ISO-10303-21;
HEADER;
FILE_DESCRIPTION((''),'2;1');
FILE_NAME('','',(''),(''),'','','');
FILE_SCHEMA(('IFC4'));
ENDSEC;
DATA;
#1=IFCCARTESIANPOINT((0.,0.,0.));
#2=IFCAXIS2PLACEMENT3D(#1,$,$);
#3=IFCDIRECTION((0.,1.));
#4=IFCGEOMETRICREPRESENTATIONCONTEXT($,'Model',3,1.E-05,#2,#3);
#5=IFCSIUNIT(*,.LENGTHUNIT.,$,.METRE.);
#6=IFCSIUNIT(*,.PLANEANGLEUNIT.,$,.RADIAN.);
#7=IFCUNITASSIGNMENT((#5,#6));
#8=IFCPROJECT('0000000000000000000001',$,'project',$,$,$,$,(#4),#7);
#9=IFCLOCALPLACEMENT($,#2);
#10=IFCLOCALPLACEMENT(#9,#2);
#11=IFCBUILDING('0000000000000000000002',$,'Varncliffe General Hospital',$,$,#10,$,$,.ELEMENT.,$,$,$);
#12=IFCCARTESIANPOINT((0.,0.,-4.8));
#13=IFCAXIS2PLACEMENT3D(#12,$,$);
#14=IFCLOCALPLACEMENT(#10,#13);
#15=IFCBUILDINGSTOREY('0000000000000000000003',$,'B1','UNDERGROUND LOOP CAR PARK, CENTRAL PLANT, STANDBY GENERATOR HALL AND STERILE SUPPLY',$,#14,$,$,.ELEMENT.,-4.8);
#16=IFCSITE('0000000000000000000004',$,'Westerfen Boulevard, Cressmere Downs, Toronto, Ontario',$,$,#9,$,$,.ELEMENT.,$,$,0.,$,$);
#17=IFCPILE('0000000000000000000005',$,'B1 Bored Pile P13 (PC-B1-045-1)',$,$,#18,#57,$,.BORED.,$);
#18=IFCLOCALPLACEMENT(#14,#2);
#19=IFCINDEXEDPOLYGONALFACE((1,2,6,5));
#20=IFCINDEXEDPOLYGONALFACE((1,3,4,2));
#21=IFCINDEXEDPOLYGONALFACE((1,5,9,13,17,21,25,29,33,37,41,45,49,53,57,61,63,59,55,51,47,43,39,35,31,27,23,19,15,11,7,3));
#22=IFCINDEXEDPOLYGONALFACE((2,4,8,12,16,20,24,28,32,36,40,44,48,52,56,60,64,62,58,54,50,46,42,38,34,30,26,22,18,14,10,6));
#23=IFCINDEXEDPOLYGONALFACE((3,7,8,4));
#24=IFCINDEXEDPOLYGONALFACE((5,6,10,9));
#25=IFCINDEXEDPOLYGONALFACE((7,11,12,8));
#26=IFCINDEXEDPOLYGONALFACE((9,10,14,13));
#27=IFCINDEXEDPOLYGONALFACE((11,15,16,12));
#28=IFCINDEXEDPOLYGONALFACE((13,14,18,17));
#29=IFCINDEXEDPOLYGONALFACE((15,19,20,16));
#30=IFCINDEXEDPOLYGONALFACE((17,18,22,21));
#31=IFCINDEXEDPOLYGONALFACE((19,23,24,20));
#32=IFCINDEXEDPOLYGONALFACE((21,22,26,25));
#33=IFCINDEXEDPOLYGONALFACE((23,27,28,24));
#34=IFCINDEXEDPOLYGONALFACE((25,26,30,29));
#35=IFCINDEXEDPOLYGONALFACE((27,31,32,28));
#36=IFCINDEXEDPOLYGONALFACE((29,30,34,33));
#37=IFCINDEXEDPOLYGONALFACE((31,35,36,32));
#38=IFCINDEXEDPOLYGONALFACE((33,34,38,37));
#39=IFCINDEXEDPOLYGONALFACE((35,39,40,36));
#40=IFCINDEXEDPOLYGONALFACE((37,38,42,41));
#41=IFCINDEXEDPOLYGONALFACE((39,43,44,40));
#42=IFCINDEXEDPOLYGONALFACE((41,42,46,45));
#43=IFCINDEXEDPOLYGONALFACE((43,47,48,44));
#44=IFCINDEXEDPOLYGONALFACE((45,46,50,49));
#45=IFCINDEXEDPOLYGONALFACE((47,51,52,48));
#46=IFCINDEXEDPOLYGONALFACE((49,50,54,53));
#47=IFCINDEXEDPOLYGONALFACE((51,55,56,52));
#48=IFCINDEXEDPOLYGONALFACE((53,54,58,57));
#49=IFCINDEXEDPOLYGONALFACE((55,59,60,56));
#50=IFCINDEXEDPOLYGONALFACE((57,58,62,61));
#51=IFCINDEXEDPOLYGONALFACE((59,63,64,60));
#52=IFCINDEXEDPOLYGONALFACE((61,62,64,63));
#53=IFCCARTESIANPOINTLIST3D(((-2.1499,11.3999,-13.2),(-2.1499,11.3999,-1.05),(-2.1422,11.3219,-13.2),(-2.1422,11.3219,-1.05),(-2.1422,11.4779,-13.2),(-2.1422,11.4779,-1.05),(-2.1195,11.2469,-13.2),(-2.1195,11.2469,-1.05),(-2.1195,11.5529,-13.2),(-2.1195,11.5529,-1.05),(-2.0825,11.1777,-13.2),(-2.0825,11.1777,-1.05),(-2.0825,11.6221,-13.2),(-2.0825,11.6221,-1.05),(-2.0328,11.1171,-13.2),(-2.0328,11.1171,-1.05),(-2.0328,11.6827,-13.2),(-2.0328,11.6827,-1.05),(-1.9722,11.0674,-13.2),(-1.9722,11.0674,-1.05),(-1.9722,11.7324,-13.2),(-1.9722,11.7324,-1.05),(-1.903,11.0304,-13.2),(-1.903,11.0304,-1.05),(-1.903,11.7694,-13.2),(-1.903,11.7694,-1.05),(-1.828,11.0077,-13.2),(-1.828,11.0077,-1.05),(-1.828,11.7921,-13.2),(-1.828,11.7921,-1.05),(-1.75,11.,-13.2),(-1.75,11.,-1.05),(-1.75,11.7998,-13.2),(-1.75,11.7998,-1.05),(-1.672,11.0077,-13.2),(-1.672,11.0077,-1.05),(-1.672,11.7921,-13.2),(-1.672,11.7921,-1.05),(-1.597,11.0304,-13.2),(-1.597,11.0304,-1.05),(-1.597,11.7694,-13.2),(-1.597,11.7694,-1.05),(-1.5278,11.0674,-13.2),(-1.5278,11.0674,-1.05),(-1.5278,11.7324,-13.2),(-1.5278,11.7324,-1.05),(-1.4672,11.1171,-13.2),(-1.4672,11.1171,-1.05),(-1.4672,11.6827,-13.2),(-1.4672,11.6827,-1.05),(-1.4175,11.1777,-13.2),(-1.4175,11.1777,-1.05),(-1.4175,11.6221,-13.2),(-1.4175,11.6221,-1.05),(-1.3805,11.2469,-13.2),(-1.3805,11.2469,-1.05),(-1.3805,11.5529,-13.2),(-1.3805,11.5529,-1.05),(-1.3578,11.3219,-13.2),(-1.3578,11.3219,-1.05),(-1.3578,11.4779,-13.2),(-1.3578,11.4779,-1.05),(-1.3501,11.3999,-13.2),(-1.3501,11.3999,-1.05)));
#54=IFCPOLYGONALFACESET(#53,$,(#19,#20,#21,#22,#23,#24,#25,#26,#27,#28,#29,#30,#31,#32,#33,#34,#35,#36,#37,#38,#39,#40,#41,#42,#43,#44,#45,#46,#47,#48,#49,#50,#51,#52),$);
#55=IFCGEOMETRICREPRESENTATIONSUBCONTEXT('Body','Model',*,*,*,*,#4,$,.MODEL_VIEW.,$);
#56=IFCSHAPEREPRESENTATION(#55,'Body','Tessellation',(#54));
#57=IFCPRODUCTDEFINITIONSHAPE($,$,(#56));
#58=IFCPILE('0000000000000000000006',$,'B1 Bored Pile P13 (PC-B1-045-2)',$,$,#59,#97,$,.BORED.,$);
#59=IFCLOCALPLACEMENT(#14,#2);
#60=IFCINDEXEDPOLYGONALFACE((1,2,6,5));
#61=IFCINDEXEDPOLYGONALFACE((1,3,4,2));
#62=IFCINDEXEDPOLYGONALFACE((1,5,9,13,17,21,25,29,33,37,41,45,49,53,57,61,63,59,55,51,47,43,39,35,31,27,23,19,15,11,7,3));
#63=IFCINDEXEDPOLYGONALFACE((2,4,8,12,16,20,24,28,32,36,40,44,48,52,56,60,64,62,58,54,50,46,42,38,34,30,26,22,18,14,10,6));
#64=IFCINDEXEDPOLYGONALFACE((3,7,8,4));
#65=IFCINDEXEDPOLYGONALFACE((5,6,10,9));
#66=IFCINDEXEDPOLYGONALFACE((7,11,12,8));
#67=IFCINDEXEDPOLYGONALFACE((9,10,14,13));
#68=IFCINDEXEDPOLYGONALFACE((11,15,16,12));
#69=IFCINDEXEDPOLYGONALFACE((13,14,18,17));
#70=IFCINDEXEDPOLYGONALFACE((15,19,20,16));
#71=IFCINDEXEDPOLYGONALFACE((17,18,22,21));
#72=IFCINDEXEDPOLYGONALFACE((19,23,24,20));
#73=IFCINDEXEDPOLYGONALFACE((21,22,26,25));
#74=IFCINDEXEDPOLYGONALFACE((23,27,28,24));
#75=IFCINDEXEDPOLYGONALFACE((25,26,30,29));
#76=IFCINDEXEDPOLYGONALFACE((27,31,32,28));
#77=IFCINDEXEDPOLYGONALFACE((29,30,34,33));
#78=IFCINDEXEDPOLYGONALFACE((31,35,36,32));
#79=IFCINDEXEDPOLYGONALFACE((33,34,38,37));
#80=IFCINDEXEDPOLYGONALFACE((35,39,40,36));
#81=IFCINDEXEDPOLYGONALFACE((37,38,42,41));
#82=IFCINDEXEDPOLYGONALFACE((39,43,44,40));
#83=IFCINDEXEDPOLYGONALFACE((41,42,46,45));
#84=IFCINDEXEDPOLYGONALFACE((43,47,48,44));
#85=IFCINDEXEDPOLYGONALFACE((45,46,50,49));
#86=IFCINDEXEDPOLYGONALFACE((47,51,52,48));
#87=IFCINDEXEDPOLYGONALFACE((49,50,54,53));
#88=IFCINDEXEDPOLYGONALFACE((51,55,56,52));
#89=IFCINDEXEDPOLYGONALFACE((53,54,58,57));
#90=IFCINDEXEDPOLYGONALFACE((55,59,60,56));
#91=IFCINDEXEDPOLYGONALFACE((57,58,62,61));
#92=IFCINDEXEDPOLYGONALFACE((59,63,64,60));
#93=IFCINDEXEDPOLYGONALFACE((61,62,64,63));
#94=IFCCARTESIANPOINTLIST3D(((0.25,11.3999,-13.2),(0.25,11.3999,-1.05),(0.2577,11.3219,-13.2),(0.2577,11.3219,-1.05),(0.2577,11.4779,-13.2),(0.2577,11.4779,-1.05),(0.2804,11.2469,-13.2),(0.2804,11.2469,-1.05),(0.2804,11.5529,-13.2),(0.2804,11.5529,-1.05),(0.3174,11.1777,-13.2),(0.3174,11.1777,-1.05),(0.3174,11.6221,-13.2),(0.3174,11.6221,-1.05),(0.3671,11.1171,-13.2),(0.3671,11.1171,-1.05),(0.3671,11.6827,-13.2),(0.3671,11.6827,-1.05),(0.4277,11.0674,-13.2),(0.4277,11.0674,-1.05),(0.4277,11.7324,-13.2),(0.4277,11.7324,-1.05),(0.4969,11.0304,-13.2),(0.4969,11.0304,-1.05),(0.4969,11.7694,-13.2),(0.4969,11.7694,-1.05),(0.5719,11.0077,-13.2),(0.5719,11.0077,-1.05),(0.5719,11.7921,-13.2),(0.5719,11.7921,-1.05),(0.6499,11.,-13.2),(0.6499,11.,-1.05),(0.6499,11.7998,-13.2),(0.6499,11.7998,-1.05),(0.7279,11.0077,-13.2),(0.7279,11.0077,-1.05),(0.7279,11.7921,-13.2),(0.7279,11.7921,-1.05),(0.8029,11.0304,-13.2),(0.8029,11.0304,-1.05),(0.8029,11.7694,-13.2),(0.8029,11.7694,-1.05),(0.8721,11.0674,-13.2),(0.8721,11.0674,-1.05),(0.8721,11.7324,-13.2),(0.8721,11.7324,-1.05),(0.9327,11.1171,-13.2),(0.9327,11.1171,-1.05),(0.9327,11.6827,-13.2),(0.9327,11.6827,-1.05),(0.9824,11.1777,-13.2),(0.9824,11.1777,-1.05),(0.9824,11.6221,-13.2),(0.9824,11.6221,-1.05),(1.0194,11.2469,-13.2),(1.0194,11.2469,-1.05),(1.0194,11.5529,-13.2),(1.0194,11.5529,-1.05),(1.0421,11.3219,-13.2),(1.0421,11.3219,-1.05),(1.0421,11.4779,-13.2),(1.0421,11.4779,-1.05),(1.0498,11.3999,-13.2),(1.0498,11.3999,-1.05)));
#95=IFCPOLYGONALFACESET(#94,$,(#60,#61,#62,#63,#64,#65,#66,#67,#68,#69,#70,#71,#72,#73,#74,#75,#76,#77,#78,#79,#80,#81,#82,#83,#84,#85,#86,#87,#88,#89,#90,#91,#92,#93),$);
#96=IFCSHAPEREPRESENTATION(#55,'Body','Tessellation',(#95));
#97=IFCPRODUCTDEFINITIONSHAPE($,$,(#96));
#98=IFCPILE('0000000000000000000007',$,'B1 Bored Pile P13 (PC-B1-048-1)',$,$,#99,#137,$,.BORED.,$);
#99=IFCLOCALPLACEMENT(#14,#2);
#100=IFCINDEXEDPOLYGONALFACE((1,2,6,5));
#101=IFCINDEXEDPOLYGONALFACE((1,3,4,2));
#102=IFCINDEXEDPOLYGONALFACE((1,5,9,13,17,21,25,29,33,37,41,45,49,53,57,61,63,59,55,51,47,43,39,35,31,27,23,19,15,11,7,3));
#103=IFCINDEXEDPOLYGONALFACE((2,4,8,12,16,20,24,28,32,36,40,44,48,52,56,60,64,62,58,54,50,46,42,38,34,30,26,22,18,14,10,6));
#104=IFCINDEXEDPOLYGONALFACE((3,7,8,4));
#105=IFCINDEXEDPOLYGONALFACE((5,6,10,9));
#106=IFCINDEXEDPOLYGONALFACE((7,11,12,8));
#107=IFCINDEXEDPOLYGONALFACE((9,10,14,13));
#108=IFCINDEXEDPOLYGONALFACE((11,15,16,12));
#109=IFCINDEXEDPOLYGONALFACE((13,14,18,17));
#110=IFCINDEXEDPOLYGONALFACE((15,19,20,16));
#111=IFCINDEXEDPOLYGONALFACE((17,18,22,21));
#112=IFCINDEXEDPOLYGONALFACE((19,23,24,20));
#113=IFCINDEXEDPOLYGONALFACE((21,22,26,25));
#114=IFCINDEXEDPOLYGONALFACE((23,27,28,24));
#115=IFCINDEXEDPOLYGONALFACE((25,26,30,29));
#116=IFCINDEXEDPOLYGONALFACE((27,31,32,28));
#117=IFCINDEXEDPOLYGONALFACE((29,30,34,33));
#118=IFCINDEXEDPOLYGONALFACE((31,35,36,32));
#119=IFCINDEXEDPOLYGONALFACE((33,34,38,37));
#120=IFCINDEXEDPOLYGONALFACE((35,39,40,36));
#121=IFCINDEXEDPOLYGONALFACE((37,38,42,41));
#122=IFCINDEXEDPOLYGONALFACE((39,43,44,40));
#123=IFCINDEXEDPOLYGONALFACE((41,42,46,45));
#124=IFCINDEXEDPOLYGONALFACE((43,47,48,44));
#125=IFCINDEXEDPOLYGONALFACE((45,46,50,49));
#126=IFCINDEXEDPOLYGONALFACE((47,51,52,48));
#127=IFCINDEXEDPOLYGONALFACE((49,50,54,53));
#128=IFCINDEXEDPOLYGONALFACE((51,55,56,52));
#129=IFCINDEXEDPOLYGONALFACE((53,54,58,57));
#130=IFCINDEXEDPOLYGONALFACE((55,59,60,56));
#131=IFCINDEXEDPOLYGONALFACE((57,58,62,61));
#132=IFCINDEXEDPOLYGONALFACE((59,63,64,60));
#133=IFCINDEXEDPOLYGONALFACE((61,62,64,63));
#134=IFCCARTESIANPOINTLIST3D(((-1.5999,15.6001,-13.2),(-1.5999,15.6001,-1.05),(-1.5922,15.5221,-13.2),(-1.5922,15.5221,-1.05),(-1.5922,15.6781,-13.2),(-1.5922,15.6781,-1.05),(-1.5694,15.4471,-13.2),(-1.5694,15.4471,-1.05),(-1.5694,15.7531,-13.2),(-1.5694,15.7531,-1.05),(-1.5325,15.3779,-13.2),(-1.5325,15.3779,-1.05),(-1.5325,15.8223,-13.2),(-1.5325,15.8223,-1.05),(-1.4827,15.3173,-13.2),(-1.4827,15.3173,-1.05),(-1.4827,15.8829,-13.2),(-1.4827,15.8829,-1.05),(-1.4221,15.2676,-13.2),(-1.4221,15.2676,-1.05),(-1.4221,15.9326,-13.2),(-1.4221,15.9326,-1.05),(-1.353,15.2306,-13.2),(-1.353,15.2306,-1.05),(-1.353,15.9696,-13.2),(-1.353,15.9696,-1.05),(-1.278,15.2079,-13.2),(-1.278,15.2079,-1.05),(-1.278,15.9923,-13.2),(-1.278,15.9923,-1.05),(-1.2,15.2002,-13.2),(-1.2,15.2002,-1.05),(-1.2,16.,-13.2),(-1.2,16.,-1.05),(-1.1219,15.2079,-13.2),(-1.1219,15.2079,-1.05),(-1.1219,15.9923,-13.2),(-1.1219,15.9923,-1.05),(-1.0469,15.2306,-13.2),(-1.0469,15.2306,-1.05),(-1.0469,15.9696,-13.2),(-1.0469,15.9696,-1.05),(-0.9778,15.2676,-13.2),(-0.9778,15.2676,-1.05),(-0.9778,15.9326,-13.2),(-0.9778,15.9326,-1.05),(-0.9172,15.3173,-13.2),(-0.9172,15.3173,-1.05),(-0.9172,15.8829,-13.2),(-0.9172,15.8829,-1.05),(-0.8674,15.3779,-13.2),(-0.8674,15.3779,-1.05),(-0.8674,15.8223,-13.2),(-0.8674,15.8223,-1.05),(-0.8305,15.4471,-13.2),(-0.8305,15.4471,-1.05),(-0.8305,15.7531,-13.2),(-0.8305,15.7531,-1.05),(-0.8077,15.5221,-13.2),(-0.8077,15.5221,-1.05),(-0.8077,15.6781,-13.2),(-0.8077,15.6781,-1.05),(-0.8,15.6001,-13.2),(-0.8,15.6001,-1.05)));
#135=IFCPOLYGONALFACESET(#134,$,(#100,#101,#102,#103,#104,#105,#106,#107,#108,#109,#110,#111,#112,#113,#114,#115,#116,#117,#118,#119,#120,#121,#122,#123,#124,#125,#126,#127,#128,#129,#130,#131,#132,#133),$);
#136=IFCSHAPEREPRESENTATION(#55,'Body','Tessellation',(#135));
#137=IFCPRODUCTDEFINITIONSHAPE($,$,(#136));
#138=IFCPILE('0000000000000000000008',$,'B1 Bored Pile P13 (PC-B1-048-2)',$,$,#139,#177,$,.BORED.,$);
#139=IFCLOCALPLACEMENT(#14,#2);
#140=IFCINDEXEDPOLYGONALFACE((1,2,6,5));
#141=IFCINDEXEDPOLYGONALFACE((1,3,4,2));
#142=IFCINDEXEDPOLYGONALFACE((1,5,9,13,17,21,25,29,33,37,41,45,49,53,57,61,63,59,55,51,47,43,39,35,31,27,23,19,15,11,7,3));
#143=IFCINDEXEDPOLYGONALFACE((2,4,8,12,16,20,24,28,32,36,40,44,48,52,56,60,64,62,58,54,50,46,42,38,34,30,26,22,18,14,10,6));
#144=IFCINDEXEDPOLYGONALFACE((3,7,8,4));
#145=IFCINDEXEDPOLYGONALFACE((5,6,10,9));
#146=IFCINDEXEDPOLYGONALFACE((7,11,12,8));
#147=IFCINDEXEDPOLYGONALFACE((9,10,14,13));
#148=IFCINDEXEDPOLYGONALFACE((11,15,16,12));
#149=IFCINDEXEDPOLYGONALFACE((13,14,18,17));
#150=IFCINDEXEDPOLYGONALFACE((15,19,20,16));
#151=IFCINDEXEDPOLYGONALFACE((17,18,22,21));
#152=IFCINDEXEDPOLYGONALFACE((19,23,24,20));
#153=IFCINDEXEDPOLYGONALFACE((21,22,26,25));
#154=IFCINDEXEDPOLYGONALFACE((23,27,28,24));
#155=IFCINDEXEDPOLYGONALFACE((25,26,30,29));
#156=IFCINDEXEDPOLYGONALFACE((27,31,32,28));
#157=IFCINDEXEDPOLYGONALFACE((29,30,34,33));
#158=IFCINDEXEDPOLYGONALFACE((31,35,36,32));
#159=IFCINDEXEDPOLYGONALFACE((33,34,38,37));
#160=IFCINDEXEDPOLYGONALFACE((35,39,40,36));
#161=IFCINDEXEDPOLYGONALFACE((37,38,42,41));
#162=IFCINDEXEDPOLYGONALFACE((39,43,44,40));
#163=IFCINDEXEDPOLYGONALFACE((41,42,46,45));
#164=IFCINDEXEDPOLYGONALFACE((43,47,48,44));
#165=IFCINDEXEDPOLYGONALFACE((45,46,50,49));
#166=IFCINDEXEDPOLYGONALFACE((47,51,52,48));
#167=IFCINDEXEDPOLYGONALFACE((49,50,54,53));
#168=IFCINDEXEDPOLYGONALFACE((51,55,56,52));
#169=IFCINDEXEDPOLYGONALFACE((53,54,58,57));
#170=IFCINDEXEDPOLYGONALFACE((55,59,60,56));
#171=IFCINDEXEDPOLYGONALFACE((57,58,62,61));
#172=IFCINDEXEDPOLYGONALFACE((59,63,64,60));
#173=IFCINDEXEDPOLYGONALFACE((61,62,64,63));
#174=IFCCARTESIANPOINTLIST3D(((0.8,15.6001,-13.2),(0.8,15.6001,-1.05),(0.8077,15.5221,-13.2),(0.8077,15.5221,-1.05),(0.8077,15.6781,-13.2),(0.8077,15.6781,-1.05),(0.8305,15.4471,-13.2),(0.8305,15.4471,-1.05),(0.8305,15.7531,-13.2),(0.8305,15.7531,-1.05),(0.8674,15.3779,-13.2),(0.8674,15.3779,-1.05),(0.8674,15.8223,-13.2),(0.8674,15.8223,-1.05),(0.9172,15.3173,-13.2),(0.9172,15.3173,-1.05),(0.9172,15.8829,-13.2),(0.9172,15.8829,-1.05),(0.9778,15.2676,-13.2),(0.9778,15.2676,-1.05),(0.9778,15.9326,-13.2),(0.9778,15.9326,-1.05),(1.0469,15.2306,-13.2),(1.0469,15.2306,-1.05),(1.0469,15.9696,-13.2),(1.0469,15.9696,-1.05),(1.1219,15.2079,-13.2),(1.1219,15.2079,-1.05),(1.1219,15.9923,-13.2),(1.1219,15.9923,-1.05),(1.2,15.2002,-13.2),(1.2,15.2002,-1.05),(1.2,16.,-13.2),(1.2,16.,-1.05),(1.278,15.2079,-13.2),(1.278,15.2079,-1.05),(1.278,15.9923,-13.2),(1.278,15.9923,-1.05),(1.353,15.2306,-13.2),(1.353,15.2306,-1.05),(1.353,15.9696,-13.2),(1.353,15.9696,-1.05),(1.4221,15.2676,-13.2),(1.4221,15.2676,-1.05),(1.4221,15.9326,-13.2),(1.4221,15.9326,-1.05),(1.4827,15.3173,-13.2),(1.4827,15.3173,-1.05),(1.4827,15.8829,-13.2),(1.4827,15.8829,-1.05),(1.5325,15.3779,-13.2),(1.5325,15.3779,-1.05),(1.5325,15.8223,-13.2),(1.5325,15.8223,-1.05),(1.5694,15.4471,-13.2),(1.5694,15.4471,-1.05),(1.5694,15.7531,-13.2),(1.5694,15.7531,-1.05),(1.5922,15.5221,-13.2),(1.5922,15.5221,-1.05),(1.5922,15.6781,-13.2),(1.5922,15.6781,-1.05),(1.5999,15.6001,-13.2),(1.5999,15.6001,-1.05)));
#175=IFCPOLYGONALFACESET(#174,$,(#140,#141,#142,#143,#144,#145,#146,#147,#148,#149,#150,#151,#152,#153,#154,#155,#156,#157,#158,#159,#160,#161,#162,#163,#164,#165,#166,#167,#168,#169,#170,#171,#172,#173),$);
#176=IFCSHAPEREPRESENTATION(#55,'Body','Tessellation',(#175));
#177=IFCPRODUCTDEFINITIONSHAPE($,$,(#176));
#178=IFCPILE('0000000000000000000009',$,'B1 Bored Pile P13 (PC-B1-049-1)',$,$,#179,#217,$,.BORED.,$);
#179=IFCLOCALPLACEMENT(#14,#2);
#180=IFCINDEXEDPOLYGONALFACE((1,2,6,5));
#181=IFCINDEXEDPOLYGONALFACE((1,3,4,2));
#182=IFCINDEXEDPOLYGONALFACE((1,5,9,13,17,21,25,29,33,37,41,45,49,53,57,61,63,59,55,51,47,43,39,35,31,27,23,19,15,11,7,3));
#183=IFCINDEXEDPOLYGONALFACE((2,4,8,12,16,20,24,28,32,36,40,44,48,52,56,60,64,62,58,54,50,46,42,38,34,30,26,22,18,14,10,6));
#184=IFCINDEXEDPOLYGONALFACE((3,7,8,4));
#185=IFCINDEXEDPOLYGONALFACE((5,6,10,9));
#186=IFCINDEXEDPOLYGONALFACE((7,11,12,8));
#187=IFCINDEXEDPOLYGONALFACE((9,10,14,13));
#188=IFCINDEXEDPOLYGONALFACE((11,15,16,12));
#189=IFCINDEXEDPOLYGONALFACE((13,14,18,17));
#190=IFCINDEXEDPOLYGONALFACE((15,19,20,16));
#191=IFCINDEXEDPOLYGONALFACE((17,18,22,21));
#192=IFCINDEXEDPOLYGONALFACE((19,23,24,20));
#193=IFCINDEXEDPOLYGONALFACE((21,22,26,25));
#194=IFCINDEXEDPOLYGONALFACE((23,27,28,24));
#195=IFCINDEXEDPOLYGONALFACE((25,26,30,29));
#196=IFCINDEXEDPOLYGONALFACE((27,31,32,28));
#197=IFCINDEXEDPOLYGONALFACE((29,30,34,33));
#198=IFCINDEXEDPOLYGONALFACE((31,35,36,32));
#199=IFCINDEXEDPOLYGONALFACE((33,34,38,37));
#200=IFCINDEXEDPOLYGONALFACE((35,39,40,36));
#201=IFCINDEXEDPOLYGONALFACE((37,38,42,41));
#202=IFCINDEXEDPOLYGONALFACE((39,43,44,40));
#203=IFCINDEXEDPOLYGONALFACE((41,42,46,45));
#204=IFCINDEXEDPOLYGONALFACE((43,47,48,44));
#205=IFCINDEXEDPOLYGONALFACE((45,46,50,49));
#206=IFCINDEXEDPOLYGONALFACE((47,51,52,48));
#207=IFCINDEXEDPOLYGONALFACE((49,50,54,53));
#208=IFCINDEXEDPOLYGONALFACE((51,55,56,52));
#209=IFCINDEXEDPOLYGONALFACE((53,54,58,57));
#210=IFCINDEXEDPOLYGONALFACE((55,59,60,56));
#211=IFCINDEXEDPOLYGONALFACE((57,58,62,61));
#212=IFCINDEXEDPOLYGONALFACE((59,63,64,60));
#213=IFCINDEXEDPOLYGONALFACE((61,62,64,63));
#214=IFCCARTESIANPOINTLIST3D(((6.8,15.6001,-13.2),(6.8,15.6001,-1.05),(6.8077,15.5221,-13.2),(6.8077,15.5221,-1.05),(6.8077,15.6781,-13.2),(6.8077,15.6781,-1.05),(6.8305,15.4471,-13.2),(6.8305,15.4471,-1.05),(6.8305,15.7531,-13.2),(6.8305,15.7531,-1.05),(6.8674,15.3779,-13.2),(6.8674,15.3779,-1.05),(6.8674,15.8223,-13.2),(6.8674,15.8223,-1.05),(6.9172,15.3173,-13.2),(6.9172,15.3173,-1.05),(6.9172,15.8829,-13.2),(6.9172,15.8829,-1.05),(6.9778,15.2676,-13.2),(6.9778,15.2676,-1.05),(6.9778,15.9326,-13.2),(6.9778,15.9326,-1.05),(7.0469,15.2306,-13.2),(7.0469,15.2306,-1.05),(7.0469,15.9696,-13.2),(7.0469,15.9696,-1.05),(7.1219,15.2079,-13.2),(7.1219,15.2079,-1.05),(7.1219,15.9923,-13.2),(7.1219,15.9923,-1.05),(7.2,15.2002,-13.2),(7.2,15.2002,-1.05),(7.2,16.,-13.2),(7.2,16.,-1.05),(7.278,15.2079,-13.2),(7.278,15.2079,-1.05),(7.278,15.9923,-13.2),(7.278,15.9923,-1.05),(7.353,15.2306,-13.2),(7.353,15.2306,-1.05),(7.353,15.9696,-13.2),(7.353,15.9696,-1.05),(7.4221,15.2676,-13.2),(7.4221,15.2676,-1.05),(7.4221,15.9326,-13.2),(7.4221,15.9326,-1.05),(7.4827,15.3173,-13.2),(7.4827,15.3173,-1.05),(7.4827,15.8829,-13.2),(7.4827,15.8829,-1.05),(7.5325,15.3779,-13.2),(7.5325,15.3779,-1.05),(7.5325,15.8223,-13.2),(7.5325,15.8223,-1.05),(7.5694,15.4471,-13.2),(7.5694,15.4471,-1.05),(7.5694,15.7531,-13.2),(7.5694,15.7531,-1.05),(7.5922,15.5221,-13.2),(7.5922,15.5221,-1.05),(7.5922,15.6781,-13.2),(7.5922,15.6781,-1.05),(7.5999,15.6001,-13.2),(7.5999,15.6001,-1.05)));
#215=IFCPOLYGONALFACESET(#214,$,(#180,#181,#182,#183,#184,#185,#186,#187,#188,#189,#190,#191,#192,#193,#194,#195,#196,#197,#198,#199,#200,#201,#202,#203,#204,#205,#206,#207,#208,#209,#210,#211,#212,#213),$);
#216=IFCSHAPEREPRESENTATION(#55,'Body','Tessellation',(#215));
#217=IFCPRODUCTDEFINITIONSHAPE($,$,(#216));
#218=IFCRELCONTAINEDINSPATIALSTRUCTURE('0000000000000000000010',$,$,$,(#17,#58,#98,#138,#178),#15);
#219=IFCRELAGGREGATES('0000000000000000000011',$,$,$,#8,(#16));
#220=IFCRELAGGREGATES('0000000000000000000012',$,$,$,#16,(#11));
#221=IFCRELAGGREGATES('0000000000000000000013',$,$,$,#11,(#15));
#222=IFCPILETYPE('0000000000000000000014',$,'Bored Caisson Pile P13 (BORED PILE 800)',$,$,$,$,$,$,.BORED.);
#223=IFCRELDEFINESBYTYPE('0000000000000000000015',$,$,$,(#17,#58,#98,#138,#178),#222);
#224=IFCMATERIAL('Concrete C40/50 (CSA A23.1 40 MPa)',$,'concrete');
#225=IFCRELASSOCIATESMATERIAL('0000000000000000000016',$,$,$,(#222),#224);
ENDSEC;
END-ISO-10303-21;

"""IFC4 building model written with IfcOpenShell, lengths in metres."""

from ifc_helpers import new_model, si_unit, direction, frame, origin, origin_2d, place, context, subcontext, project, spatial, circle, extrude, material, material_profile, profile_set, type_object, element, save


model = new_model("IFC4")

# Units and contexts
model_context = context("Model", 3, precision=1e-05, world=origin(), true_north=direction((0.0, 1.0)))
body_context = subcontext(model_context, "Body", "Model", "MODEL_VIEW")
ifc_project = project(units=[si_unit("LENGTHUNIT", "METRE"), si_unit("PLANEANGLEUNIT", "RADIAN")], contexts=[model_context])

# Site, building, storey
site_placement = place(None, origin())
site = spatial("IfcSite", under=ifc_project, at=site_placement, Name="Westerfen Boulevard, Cressmere Downs, Toronto, Ontario", CompositionType="ELEMENT", RefElevation=0.0)
building_placement = place(site_placement, origin())
building = spatial("IfcBuilding", under=site, at=building_placement, Name="Varncliffe General Hospital", CompositionType="ELEMENT")
storey_placement = place(building_placement, frame((0.0, 0.0, -4.8)))
storey = spatial("IfcBuildingStorey", under=building, at=storey_placement, Name="B1", Description="UNDERGROUND LOOP CAR PARK, CENTRAL PLANT, STANDBY GENERATOR HALL AND STERILE SUPPLY", CompositionType="ELEMENT", Elevation=-4.8)

# Piles
ifc_material_1 = material(Name="Concrete C40/50 (CSA A23.1 40 MPa)", Category="concrete")
ifc_material_profile_1 = material_profile(ifc_material_1, circle(Radius=0.3999, at=origin_2d()), Name="BORED PILE 800")
ifc_profile_set_1 = profile_set([ifc_material_profile_1], Name="Concrete C40/50 (CSA A23.1 40 MPa)")
pile_type_1 = type_object("IfcPileType", Name="Bored Caisson Pile P13 (BORED PILE 800)", PredefinedType="BORED", material=ifc_profile_set_1)
for number, where, z_axis, x_axis, name in (
    (1, (-1.75, 11.3999, -1.05), (0.0, 0.0, -1.0), (1.0, 0.0, 0.0), "B1 Bored Pile P13 (PC-B1-045-1)"),
    (2, (0.6499, 11.3999, -1.05), (0.0, 0.0, -1.0), (1.0, 0.0, 0.0), "B1 Bored Pile P13 (PC-B1-045-2)"),
    (3, (-1.2, 15.6001, -1.05), (0.0, 0.0, -1.0), (1.0, 0.0, 0.0), "B1 Bored Pile P13 (PC-B1-048-1)"),
    (4, (1.2, 15.6001, -1.05), (0.0, 0.0, -1.0), (1.0, 0.0, 0.0), "B1 Bored Pile P13 (PC-B1-048-2)"),
    (5, (7.2, 15.6001, -1.05), (0.0, 0.0, -1.0), (1.0, 0.0, 0.0), "B1 Bored Pile P13 (PC-B1-049-1)"),
):
    element("IfcPile", number, at=place(storey_placement, frame(where, z_axis=z_axis, x_axis=x_axis)), inside=storey, type_object=pile_type_1, Name=name, PredefinedType="BORED", context=body_context, shape_type="SweptSolid", body=[
        extrude(circle(Radius=0.3999, at=origin_2d()), origin(), (0.0, 0.0, 1.0), 12.1499),
    ])

save(model, "model.ifc")
